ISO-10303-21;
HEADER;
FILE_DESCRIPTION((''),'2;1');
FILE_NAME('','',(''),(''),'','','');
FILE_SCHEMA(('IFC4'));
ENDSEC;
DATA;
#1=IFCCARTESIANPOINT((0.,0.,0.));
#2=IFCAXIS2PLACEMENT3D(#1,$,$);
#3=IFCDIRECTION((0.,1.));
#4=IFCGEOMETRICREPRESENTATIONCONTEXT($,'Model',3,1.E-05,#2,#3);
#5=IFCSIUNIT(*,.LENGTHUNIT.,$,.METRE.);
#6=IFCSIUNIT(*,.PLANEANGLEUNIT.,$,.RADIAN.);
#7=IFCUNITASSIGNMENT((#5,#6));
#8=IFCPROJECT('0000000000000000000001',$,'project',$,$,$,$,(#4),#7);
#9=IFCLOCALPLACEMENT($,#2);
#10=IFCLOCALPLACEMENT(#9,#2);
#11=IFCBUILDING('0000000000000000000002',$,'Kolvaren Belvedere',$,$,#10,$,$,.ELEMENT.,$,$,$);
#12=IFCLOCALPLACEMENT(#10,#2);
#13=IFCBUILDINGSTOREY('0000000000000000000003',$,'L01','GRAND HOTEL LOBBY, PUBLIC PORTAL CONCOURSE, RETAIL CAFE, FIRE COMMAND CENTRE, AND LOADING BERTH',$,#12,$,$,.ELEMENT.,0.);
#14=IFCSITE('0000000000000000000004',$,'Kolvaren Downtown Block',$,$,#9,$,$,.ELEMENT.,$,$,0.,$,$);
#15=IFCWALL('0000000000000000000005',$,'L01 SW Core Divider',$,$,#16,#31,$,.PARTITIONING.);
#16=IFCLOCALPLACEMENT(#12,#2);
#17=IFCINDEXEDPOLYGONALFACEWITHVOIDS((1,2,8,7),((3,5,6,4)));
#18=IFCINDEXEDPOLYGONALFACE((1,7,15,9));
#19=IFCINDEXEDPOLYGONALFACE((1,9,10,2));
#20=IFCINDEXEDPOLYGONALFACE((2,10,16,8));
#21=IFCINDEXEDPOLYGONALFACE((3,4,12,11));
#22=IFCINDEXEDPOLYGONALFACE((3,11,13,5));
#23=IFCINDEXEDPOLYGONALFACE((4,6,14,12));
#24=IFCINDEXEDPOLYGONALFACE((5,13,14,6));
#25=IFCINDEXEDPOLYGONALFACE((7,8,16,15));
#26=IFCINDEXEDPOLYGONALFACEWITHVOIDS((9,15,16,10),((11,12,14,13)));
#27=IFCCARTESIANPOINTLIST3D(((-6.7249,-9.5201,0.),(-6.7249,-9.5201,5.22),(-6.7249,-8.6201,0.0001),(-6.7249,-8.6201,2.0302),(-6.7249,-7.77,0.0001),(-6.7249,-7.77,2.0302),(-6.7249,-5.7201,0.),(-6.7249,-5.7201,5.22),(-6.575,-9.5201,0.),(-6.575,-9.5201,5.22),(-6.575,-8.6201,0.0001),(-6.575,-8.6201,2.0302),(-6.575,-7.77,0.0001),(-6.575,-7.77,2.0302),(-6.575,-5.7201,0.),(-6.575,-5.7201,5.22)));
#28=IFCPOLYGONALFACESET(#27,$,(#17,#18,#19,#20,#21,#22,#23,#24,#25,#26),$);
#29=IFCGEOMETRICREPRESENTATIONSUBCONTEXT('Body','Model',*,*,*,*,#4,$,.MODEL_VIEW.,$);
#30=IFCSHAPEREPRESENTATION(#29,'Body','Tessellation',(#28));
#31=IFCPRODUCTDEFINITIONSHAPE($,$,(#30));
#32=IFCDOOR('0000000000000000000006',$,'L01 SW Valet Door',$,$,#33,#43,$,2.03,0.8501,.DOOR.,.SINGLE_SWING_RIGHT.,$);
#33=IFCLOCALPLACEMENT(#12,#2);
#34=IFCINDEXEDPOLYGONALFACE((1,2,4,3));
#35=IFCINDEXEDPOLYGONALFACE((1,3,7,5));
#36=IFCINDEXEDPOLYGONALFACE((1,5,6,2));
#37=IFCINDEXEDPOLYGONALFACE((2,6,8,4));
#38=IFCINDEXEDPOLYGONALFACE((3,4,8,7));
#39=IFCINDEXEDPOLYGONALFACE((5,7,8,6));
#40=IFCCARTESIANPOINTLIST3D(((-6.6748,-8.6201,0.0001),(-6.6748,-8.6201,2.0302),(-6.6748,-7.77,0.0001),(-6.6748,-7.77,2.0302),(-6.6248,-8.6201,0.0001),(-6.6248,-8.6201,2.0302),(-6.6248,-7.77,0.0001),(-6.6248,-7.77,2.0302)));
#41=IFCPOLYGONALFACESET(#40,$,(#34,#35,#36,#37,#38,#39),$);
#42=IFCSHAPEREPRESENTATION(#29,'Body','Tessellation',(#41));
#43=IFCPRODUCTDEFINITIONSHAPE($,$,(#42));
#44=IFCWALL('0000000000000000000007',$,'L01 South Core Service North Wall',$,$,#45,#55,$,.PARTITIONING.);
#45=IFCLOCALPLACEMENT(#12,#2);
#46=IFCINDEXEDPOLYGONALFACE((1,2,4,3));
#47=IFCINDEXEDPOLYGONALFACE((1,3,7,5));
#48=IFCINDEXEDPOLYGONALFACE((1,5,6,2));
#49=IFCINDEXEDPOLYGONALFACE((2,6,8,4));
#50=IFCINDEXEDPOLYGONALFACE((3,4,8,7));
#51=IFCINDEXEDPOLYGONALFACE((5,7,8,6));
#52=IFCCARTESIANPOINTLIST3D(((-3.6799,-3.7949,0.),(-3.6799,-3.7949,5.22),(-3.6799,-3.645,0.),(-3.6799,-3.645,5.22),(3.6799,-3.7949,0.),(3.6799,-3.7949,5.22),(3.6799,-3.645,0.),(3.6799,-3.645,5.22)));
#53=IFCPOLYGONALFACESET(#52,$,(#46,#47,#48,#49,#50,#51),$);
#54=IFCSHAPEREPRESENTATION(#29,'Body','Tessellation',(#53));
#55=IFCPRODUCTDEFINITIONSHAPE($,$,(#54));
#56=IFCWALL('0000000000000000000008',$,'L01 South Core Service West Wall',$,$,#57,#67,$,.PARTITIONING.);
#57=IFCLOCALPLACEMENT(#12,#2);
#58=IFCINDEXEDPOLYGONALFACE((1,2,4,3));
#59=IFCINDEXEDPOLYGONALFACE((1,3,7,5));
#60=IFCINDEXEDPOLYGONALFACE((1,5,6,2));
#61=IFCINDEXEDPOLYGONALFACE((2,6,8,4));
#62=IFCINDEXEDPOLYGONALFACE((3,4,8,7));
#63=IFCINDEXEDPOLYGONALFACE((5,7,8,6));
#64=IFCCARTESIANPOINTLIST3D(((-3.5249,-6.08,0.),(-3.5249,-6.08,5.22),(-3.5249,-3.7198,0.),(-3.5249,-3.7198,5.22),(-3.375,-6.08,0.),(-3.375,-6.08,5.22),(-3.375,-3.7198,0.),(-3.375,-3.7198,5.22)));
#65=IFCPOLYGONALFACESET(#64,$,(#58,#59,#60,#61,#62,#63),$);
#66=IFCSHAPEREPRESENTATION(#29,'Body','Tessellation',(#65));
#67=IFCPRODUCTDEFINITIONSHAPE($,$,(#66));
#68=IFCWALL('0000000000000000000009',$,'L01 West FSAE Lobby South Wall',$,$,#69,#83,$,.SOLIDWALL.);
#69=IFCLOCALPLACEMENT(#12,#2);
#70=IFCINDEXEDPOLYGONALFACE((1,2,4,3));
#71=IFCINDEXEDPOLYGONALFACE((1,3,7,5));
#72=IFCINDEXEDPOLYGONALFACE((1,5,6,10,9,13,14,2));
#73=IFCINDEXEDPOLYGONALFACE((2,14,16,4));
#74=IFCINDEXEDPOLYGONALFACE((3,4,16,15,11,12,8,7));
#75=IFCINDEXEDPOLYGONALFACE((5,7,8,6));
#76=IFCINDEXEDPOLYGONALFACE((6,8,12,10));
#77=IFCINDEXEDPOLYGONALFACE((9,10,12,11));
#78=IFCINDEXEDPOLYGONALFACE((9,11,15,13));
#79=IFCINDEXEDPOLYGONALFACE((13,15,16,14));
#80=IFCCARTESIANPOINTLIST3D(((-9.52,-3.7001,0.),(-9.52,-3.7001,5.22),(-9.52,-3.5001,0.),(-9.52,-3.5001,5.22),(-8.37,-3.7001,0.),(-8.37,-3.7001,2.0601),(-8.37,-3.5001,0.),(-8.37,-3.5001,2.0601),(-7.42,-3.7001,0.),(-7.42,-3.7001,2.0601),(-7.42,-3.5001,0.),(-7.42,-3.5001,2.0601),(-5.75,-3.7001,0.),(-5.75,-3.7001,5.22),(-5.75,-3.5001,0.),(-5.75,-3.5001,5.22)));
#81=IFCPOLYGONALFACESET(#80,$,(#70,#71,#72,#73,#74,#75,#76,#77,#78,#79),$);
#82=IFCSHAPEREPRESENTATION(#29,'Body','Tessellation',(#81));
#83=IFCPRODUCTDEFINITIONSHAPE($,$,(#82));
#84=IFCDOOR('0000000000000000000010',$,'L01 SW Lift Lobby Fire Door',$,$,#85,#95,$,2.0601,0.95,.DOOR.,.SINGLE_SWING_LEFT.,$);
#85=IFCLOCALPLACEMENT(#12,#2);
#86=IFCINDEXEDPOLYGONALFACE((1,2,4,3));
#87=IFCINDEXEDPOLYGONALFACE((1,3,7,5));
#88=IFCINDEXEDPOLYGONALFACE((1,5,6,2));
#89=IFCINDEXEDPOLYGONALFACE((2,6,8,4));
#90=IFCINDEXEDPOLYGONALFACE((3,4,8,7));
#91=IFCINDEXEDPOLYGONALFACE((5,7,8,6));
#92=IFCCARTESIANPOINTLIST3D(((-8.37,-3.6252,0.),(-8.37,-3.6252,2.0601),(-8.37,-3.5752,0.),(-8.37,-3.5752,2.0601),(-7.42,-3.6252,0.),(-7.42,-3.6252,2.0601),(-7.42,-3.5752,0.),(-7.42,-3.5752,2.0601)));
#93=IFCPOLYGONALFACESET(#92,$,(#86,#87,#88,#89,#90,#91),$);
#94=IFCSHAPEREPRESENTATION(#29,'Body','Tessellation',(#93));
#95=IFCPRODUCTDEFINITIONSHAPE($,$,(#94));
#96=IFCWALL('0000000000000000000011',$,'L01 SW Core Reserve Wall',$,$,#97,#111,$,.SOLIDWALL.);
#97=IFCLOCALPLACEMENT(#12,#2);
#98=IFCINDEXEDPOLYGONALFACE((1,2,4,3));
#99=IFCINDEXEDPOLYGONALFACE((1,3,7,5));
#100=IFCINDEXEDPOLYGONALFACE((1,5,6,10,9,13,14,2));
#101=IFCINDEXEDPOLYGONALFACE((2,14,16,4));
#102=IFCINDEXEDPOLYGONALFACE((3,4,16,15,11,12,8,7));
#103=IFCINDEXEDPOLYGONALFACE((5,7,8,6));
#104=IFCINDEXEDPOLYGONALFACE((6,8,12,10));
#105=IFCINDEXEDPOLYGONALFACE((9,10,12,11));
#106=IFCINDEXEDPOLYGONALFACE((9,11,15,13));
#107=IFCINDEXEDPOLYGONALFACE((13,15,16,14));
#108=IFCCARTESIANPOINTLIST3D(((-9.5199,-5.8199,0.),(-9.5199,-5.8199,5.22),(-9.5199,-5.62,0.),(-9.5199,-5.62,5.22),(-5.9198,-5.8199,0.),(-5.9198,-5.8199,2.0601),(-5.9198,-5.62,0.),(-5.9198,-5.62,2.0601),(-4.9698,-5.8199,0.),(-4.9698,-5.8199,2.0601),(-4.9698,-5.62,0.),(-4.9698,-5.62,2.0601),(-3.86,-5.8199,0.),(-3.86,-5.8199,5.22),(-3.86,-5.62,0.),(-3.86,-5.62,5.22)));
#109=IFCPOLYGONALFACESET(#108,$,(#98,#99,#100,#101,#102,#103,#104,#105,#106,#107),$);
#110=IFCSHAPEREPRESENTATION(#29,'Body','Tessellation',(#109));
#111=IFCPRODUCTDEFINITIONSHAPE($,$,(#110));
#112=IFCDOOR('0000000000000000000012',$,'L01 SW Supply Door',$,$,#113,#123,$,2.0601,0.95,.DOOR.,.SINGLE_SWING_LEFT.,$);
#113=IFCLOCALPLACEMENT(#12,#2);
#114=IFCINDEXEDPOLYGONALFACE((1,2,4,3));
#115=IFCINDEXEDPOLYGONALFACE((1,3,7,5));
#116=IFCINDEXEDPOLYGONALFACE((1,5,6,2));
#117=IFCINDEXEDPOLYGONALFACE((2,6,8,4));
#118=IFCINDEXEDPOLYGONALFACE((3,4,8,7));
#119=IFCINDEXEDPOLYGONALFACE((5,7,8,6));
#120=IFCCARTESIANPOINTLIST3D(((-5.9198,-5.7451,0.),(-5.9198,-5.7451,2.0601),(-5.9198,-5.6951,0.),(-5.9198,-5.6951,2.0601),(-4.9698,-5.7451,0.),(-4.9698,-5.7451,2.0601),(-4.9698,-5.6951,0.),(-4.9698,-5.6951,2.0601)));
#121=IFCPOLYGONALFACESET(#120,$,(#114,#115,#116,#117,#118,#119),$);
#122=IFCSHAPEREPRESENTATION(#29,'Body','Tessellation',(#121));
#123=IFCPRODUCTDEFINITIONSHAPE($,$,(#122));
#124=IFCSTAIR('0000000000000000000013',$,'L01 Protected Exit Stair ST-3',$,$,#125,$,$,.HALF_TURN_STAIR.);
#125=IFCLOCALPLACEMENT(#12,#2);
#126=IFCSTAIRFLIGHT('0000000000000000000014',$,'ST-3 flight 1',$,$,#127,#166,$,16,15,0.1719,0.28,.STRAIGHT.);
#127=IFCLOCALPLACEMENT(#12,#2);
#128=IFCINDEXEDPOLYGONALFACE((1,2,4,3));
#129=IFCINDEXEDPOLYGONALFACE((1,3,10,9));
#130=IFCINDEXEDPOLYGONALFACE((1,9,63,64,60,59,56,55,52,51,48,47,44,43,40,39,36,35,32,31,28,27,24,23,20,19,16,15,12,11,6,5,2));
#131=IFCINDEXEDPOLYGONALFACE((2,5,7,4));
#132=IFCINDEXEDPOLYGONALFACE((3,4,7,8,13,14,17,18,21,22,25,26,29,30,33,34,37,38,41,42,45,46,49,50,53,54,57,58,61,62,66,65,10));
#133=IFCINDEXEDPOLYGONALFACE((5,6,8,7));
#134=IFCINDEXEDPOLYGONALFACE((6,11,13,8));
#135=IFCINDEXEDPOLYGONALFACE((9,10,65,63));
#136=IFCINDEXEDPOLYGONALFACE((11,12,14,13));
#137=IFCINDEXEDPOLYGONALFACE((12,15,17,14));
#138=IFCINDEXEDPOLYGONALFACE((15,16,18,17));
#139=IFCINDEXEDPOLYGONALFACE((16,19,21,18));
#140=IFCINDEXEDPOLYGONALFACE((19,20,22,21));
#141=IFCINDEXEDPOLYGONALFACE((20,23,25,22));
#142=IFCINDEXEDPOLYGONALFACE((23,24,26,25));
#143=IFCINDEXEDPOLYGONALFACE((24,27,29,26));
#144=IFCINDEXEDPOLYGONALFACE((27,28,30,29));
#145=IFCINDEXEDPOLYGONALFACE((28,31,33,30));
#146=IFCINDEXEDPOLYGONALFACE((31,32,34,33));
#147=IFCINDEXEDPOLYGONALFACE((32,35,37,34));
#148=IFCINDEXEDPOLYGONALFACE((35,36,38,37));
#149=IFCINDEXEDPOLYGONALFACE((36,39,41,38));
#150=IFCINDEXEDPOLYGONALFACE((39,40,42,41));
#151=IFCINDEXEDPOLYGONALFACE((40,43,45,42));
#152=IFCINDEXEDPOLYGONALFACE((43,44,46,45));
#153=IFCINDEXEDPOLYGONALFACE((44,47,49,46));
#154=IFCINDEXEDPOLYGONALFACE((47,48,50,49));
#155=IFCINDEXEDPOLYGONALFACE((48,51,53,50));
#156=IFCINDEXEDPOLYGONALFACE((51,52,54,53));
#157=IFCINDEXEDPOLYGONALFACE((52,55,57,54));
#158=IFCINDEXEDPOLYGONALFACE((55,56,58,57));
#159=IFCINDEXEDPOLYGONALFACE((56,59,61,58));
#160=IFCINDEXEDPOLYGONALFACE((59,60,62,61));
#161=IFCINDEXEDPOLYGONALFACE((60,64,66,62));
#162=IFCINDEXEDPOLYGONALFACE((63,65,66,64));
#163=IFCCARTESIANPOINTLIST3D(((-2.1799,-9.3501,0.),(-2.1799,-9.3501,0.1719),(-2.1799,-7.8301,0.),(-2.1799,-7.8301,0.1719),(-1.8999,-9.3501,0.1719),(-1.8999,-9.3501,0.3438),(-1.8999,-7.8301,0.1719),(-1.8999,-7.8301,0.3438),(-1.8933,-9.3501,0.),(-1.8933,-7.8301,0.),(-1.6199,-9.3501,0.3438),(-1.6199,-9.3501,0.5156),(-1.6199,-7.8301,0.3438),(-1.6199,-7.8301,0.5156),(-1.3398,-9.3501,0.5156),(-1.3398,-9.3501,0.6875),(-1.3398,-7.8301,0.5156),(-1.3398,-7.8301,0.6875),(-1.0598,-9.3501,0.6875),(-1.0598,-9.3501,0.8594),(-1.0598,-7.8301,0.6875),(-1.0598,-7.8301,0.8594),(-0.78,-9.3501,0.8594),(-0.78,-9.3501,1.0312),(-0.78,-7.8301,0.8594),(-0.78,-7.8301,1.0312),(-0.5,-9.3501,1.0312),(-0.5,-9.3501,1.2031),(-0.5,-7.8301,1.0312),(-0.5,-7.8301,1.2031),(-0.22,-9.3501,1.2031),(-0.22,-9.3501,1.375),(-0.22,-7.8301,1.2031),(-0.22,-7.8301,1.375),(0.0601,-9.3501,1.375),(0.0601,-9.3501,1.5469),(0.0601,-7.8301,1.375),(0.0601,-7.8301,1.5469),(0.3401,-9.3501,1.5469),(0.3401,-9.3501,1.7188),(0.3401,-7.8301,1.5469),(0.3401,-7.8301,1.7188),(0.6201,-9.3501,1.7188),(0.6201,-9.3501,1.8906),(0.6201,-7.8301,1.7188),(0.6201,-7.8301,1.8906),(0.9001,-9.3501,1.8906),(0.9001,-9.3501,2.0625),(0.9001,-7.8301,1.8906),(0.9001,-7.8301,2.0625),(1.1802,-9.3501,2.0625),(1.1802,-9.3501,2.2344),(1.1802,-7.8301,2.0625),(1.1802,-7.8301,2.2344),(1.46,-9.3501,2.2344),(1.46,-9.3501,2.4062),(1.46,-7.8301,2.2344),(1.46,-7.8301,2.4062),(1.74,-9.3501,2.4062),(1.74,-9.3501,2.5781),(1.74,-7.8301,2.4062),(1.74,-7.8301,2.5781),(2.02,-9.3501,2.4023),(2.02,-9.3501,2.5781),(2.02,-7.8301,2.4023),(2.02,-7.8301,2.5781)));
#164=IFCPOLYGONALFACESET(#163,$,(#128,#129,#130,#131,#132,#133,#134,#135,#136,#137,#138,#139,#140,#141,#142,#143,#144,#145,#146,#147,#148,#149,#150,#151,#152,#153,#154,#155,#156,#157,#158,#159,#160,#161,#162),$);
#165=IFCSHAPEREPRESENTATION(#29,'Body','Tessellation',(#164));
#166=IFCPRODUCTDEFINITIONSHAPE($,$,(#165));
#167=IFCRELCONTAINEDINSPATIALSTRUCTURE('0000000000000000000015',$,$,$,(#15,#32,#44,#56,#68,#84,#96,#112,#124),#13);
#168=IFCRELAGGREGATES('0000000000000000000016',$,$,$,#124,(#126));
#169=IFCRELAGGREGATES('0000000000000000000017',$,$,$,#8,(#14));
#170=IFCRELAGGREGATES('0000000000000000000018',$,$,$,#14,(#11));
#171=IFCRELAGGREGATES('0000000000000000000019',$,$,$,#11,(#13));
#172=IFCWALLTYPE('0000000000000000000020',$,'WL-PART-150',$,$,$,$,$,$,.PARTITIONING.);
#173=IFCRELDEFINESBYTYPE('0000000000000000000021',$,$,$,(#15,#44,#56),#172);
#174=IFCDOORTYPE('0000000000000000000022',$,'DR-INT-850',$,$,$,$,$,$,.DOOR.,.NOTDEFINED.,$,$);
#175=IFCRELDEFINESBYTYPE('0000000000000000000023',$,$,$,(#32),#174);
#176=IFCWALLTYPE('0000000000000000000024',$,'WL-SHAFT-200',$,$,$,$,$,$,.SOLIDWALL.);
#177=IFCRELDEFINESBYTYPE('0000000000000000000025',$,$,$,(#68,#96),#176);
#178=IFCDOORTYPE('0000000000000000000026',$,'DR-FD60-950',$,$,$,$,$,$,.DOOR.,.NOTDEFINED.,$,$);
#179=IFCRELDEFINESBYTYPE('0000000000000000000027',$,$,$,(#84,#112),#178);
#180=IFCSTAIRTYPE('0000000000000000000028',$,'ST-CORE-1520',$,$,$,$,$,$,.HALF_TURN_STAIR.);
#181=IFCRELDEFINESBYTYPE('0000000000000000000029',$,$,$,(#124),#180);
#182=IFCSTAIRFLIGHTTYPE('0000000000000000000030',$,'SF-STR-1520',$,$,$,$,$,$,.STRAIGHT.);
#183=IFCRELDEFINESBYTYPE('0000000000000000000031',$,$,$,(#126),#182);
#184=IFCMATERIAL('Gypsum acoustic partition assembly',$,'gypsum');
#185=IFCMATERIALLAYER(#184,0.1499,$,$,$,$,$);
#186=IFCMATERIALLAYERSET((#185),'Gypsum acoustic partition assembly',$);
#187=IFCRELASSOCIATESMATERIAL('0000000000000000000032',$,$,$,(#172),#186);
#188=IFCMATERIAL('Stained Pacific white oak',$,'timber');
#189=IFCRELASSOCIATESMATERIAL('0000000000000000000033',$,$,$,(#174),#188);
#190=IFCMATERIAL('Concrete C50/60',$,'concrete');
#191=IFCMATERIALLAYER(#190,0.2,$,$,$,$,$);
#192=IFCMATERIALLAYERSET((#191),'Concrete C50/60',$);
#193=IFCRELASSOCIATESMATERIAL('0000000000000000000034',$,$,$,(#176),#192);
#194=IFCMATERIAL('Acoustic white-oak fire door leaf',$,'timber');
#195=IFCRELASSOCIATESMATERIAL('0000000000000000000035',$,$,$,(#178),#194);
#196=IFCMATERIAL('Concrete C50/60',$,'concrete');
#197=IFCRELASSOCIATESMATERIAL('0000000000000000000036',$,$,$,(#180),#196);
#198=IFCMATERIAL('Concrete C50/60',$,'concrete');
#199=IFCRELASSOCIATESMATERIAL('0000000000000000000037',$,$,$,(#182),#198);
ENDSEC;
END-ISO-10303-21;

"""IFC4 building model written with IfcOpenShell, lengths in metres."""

from ifc_helpers import new_model, si_unit, direction, frame, frame_2d, origin, place, context, subcontext, project, spatial, polyline, rectangle, outline, extrude, material, layer, layer_set, type_object, element, fill, aggregate, save


model = new_model("IFC4")

# Units and contexts
model_context = context("Model", 3, precision=1e-05, world=origin(), true_north=direction((0.0, 1.0)))
body_context = subcontext(model_context, "Body", "Model", "MODEL_VIEW")
ifc_project = project(units=[si_unit("LENGTHUNIT", "METRE"), si_unit("PLANEANGLEUNIT", "RADIAN")], contexts=[model_context])

# Site, building, storey
site_placement = place(None, origin())
site = spatial("IfcSite", under=ifc_project, at=site_placement, Name="Kolvaren Downtown Block", CompositionType="ELEMENT", RefElevation=0.0)
building_placement = place(site_placement, origin())
building = spatial("IfcBuilding", under=site, at=building_placement, Name="Kolvaren Belvedere", CompositionType="ELEMENT")
storey_placement = place(building_placement, origin())
storey = spatial("IfcBuildingStorey", under=building, at=storey_placement, Name="L01", Description="GRAND HOTEL LOBBY, PUBLIC PORTAL CONCOURSE, RETAIL CAFE, FIRE COMMAND CENTRE, AND LOADING BERTH", CompositionType="ELEMENT", Elevation=0.0)

# Wall, opening, door
ifc_material_1 = material(Name="Gypsum acoustic partition assembly", Category="gypsum")
ifc_layer_1 = layer(ifc_material_1, 0.1499)
ifc_layer_set_1 = layer_set([ifc_layer_1], Name="Gypsum acoustic partition assembly")
wall_type_1 = type_object("IfcWallType", Name="WL-PART-150", PredefinedType="PARTITIONING", material=ifc_layer_set_1)
wall_1_placement = place(storey_placement, frame((-6.6499, -9.52, 0.0), z_axis=(0.0, 0.0, 1.0), x_axis=(0.0, 1.0, 0.0)))
wall_1 = element("IfcWall", 1, at=wall_1_placement, inside=storey, type_object=wall_type_1, Name="L01 SW Core Divider", PredefinedType="PARTITIONING", context=body_context, shape_type="SweptSolid", body=[
    extrude(rectangle(XDim=3.8, YDim=0.1499, at=frame_2d((1.8999, 0.0))), origin(), (0.0, 0.0, 1.0), 5.22),
])
opening_1_placement = place(wall_1_placement, frame((0.8999, 0.0, 0.0)))
opening_1 = element("IfcOpeningElement", 2, at=opening_1_placement, cuts=wall_1, PredefinedType="OPENING", context=body_context, shape_type="SweptSolid", body=[
    extrude(rectangle(XDim=0.8501, YDim=2.03, at=frame_2d((0.425, 1.0151))), frame((0.0, 0.085, 0.0), z_axis=(0.0, -1.0, 0.0), x_axis=(1.0, 0.0, 0.0)), (0.0, 0.0, 1.0), 0.1699),
])
ifc_material_2 = material(Name="Stained Pacific white oak", Category="timber")
door_type_1 = type_object("IfcDoorType", Name="DR-INT-850", OperationType="NOTDEFINED", PredefinedType="DOOR", material=ifc_material_2)
door_1_placement = place(opening_1_placement, origin())
door_1 = element("IfcDoor", 3, at=door_1_placement, inside=storey, type_object=door_type_1, Name="L01 SW Valet Door", OperationType="SINGLE_SWING_RIGHT", OverallHeight=2.03, OverallWidth=0.8501, PredefinedType="DOOR", context=body_context, shape_type="SweptSolid", body=[
    extrude(rectangle(XDim=0.8501, YDim=2.03, at=frame_2d((0.425, 1.0151))), frame((0.0, 0.0249, 0.0), z_axis=(0.0, -1.0, 0.0), x_axis=(1.0, 0.0, 0.0)), (0.0, 0.0, 1.0), 0.05),
])
fill(opening_1, door_1)

# Walls
wall_2_placement = place(storey_placement, frame((-3.6799, -3.72, 0.0), z_axis=(0.0, 0.0, 1.0), x_axis=(1.0, 0.0, 0.0)))
element("IfcWall", 4, at=wall_2_placement, inside=storey, type_object=wall_type_1, Name="L01 South Core Service North Wall", PredefinedType="PARTITIONING", context=body_context, shape_type="SweptSolid", body=[
    extrude(rectangle(XDim=7.3599, YDim=0.1499, at=frame_2d((3.6799, 0.0))), origin(), (0.0, 0.0, 1.0), 5.22),
])
wall_3_placement = place(storey_placement, frame((-3.45, -6.0801, 0.0), z_axis=(0.0, 0.0, 1.0), x_axis=(0.0, 1.0, 0.0)))
element("IfcWall", 5, at=wall_3_placement, inside=storey, type_object=wall_type_1, Name="L01 South Core Service West Wall", PredefinedType="PARTITIONING", context=body_context, shape_type="SweptSolid", body=[
    extrude(rectangle(XDim=2.3601, YDim=0.1499, at=frame_2d((1.1802, 0.0))), origin(), (0.0, 0.0, 1.0), 5.22),
])

# Walls, openings, doors
ifc_material_3 = material(Name="Concrete C50/60", Category="concrete")
ifc_layer_2 = layer(ifc_material_3, 0.2)
ifc_layer_set_2 = layer_set([ifc_layer_2], Name="Concrete C50/60")
wall_type_2 = type_object("IfcWallType", Name="WL-SHAFT-200", PredefinedType="SOLIDWALL", material=ifc_layer_set_2)
wall_4_placement = place(storey_placement, frame((-9.52, -3.6001, 0.0), z_axis=(0.0, 0.0, 1.0), x_axis=(1.0, 0.0, 0.0)))
wall_4 = element("IfcWall", 6, at=wall_4_placement, inside=storey, type_object=wall_type_2, Name="L01 West FSAE Lobby South Wall", PredefinedType="SOLIDWALL", context=body_context, shape_type="SweptSolid", body=[
    extrude(rectangle(XDim=3.77, YDim=0.2, at=frame_2d((1.885, 0.0))), origin(), (0.0, 0.0, 1.0), 5.22),
])
opening_2_placement = place(wall_4_placement, frame((1.1499, 0.0, 0.0)))
opening_2 = element("IfcOpeningElement", 7, at=opening_2_placement, cuts=wall_4, PredefinedType="OPENING", context=body_context, shape_type="SweptSolid", body=[
    extrude(rectangle(XDim=0.95, YDim=2.0601, at=frame_2d((0.4751, 1.03))), frame((0.0, 0.1099, 0.0), z_axis=(0.0, -1.0, 0.0), x_axis=(1.0, 0.0, 0.0)), (0.0, 0.0, 1.0), 0.22),
])
ifc_material_4 = material(Name="Acoustic white-oak fire door leaf", Category="timber")
door_type_2 = type_object("IfcDoorType", Name="DR-FD60-950", OperationType="NOTDEFINED", PredefinedType="DOOR", material=ifc_material_4)
door_2_placement = place(opening_2_placement, origin())
door_2 = element("IfcDoor", 8, at=door_2_placement, inside=storey, type_object=door_type_2, Name="L01 SW Lift Lobby Fire Door", OperationType="SINGLE_SWING_LEFT", OverallHeight=2.0601, OverallWidth=0.95, PredefinedType="DOOR", context=body_context, shape_type="SweptSolid", body=[
    extrude(rectangle(XDim=0.95, YDim=2.0601, at=frame_2d((0.4751, 1.03))), frame((0.0, 0.0249, 0.0), z_axis=(0.0, -1.0, 0.0), x_axis=(1.0, 0.0, 0.0)), (0.0, 0.0, 1.0), 0.05),
])
fill(opening_2, door_2)
wall_5_placement = place(storey_placement, frame((-9.52, -5.72, 0.0), z_axis=(0.0, 0.0, 1.0), x_axis=(1.0, 0.0, 0.0)))
wall_5 = element("IfcWall", 9, at=wall_5_placement, inside=storey, type_object=wall_type_2, Name="L01 SW Core Reserve Wall", PredefinedType="SOLIDWALL", context=body_context, shape_type="SweptSolid", body=[
    extrude(rectangle(XDim=5.6599, YDim=0.2, at=frame_2d((2.8301, 0.0))), origin(), (0.0, 0.0, 1.0), 5.22),
])
opening_3_placement = place(wall_5_placement, frame((3.6001, 0.0, 0.0)))
opening_3 = element("IfcOpeningElement", 10, at=opening_3_placement, cuts=wall_5, PredefinedType="OPENING", context=body_context, shape_type="SweptSolid", body=[
    extrude(rectangle(XDim=0.95, YDim=2.0601, at=frame_2d((0.4751, 1.03))), frame((0.0, 0.1099, 0.0), z_axis=(0.0, -1.0, 0.0), x_axis=(1.0, 0.0, 0.0)), (0.0, 0.0, 1.0), 0.22),
])
door_3_placement = place(opening_3_placement, origin())
door_3 = element("IfcDoor", 11, at=door_3_placement, inside=storey, type_object=door_type_2, Name="L01 SW Supply Door", OperationType="SINGLE_SWING_LEFT", OverallHeight=2.0601, OverallWidth=0.95, PredefinedType="DOOR", context=body_context, shape_type="SweptSolid", body=[
    extrude(rectangle(XDim=0.95, YDim=2.0601, at=frame_2d((0.4751, 1.03))), frame((0.0, 0.0249, 0.0), z_axis=(0.0, -1.0, 0.0), x_axis=(1.0, 0.0, 0.0)), (0.0, 0.0, 1.0), 0.05),
])
fill(opening_3, door_3)

# Stair, stair flight
ifc_material_5 = material(Name="Concrete C50/60", Category="concrete")
stair_type = type_object("IfcStairType", Name="ST-CORE-1520", PredefinedType="HALF_TURN_STAIR", material=ifc_material_5)
stair_placement = place(storey_placement, origin())
stair = element("IfcStair", 12, at=stair_placement, inside=storey, type_object=stair_type, Name="L01 Protected Exit Stair ST-3", PredefinedType="HALF_TURN_STAIR")
ifc_material_6 = material(Name="Concrete C50/60", Category="concrete")
stair_flight_type = type_object("IfcStairFlightType", Name="SF-STR-1520", PredefinedType="STRAIGHT", material=ifc_material_6)
stair_flight_placement = place(storey_placement, frame((-2.1799, -8.5901, 0.0), z_axis=(0.0, 0.0, 1.0), x_axis=(1.0, 0.0, 0.0)))
stair_flight = element("IfcStairFlight", 13, at=stair_flight_placement, type_object=stair_flight_type, Name="ST-3 flight 1", NumberOfRisers=16, NumberOfTreads=15, PredefinedType="STRAIGHT", RiserHeight=0.1719, TreadLength=0.28, context=body_context, shape_type="SweptSolid", body=[
    extrude(outline(polyline([(0.0, 0.0), (0.0, 0.1719), (0.28, 0.1719), (0.28, 0.3438), (0.5601, 0.3438), (0.5601, 0.5156), (0.8401, 0.5156), (0.8401, 0.6875), (1.1201, 0.6875), (1.1201, 0.8594), (1.3999, 0.8594), (1.3999, 1.0312), (1.6799, 1.0312), (1.6799, 1.2031), (1.96, 1.2031), (1.96, 1.375), (2.24, 1.375), (2.24, 1.5469), (2.52, 1.5469), (2.52, 1.7188), (2.8, 1.7188), (2.8, 1.8906), (3.0801, 1.8906), (3.0801, 2.0625), (3.3601, 2.0625), (3.3601, 2.2344), (3.6399, 2.2344), (3.6399, 2.4062), (3.9199, 2.4062), (3.9199, 2.5781), (4.2, 2.5781), (4.2, 2.75), (4.2, 2.4023), (0.2866, 0.0), (0.0, 0.0)])), frame((0.0, 0.76, 0.0), z_axis=(0.0, -1.0, 0.0), x_axis=(1.0, 0.0, 0.0)), (0.0, 0.0, 1.0), 1.52),
])
aggregate(stair, [stair_flight])

save(model, "model.ifc")
